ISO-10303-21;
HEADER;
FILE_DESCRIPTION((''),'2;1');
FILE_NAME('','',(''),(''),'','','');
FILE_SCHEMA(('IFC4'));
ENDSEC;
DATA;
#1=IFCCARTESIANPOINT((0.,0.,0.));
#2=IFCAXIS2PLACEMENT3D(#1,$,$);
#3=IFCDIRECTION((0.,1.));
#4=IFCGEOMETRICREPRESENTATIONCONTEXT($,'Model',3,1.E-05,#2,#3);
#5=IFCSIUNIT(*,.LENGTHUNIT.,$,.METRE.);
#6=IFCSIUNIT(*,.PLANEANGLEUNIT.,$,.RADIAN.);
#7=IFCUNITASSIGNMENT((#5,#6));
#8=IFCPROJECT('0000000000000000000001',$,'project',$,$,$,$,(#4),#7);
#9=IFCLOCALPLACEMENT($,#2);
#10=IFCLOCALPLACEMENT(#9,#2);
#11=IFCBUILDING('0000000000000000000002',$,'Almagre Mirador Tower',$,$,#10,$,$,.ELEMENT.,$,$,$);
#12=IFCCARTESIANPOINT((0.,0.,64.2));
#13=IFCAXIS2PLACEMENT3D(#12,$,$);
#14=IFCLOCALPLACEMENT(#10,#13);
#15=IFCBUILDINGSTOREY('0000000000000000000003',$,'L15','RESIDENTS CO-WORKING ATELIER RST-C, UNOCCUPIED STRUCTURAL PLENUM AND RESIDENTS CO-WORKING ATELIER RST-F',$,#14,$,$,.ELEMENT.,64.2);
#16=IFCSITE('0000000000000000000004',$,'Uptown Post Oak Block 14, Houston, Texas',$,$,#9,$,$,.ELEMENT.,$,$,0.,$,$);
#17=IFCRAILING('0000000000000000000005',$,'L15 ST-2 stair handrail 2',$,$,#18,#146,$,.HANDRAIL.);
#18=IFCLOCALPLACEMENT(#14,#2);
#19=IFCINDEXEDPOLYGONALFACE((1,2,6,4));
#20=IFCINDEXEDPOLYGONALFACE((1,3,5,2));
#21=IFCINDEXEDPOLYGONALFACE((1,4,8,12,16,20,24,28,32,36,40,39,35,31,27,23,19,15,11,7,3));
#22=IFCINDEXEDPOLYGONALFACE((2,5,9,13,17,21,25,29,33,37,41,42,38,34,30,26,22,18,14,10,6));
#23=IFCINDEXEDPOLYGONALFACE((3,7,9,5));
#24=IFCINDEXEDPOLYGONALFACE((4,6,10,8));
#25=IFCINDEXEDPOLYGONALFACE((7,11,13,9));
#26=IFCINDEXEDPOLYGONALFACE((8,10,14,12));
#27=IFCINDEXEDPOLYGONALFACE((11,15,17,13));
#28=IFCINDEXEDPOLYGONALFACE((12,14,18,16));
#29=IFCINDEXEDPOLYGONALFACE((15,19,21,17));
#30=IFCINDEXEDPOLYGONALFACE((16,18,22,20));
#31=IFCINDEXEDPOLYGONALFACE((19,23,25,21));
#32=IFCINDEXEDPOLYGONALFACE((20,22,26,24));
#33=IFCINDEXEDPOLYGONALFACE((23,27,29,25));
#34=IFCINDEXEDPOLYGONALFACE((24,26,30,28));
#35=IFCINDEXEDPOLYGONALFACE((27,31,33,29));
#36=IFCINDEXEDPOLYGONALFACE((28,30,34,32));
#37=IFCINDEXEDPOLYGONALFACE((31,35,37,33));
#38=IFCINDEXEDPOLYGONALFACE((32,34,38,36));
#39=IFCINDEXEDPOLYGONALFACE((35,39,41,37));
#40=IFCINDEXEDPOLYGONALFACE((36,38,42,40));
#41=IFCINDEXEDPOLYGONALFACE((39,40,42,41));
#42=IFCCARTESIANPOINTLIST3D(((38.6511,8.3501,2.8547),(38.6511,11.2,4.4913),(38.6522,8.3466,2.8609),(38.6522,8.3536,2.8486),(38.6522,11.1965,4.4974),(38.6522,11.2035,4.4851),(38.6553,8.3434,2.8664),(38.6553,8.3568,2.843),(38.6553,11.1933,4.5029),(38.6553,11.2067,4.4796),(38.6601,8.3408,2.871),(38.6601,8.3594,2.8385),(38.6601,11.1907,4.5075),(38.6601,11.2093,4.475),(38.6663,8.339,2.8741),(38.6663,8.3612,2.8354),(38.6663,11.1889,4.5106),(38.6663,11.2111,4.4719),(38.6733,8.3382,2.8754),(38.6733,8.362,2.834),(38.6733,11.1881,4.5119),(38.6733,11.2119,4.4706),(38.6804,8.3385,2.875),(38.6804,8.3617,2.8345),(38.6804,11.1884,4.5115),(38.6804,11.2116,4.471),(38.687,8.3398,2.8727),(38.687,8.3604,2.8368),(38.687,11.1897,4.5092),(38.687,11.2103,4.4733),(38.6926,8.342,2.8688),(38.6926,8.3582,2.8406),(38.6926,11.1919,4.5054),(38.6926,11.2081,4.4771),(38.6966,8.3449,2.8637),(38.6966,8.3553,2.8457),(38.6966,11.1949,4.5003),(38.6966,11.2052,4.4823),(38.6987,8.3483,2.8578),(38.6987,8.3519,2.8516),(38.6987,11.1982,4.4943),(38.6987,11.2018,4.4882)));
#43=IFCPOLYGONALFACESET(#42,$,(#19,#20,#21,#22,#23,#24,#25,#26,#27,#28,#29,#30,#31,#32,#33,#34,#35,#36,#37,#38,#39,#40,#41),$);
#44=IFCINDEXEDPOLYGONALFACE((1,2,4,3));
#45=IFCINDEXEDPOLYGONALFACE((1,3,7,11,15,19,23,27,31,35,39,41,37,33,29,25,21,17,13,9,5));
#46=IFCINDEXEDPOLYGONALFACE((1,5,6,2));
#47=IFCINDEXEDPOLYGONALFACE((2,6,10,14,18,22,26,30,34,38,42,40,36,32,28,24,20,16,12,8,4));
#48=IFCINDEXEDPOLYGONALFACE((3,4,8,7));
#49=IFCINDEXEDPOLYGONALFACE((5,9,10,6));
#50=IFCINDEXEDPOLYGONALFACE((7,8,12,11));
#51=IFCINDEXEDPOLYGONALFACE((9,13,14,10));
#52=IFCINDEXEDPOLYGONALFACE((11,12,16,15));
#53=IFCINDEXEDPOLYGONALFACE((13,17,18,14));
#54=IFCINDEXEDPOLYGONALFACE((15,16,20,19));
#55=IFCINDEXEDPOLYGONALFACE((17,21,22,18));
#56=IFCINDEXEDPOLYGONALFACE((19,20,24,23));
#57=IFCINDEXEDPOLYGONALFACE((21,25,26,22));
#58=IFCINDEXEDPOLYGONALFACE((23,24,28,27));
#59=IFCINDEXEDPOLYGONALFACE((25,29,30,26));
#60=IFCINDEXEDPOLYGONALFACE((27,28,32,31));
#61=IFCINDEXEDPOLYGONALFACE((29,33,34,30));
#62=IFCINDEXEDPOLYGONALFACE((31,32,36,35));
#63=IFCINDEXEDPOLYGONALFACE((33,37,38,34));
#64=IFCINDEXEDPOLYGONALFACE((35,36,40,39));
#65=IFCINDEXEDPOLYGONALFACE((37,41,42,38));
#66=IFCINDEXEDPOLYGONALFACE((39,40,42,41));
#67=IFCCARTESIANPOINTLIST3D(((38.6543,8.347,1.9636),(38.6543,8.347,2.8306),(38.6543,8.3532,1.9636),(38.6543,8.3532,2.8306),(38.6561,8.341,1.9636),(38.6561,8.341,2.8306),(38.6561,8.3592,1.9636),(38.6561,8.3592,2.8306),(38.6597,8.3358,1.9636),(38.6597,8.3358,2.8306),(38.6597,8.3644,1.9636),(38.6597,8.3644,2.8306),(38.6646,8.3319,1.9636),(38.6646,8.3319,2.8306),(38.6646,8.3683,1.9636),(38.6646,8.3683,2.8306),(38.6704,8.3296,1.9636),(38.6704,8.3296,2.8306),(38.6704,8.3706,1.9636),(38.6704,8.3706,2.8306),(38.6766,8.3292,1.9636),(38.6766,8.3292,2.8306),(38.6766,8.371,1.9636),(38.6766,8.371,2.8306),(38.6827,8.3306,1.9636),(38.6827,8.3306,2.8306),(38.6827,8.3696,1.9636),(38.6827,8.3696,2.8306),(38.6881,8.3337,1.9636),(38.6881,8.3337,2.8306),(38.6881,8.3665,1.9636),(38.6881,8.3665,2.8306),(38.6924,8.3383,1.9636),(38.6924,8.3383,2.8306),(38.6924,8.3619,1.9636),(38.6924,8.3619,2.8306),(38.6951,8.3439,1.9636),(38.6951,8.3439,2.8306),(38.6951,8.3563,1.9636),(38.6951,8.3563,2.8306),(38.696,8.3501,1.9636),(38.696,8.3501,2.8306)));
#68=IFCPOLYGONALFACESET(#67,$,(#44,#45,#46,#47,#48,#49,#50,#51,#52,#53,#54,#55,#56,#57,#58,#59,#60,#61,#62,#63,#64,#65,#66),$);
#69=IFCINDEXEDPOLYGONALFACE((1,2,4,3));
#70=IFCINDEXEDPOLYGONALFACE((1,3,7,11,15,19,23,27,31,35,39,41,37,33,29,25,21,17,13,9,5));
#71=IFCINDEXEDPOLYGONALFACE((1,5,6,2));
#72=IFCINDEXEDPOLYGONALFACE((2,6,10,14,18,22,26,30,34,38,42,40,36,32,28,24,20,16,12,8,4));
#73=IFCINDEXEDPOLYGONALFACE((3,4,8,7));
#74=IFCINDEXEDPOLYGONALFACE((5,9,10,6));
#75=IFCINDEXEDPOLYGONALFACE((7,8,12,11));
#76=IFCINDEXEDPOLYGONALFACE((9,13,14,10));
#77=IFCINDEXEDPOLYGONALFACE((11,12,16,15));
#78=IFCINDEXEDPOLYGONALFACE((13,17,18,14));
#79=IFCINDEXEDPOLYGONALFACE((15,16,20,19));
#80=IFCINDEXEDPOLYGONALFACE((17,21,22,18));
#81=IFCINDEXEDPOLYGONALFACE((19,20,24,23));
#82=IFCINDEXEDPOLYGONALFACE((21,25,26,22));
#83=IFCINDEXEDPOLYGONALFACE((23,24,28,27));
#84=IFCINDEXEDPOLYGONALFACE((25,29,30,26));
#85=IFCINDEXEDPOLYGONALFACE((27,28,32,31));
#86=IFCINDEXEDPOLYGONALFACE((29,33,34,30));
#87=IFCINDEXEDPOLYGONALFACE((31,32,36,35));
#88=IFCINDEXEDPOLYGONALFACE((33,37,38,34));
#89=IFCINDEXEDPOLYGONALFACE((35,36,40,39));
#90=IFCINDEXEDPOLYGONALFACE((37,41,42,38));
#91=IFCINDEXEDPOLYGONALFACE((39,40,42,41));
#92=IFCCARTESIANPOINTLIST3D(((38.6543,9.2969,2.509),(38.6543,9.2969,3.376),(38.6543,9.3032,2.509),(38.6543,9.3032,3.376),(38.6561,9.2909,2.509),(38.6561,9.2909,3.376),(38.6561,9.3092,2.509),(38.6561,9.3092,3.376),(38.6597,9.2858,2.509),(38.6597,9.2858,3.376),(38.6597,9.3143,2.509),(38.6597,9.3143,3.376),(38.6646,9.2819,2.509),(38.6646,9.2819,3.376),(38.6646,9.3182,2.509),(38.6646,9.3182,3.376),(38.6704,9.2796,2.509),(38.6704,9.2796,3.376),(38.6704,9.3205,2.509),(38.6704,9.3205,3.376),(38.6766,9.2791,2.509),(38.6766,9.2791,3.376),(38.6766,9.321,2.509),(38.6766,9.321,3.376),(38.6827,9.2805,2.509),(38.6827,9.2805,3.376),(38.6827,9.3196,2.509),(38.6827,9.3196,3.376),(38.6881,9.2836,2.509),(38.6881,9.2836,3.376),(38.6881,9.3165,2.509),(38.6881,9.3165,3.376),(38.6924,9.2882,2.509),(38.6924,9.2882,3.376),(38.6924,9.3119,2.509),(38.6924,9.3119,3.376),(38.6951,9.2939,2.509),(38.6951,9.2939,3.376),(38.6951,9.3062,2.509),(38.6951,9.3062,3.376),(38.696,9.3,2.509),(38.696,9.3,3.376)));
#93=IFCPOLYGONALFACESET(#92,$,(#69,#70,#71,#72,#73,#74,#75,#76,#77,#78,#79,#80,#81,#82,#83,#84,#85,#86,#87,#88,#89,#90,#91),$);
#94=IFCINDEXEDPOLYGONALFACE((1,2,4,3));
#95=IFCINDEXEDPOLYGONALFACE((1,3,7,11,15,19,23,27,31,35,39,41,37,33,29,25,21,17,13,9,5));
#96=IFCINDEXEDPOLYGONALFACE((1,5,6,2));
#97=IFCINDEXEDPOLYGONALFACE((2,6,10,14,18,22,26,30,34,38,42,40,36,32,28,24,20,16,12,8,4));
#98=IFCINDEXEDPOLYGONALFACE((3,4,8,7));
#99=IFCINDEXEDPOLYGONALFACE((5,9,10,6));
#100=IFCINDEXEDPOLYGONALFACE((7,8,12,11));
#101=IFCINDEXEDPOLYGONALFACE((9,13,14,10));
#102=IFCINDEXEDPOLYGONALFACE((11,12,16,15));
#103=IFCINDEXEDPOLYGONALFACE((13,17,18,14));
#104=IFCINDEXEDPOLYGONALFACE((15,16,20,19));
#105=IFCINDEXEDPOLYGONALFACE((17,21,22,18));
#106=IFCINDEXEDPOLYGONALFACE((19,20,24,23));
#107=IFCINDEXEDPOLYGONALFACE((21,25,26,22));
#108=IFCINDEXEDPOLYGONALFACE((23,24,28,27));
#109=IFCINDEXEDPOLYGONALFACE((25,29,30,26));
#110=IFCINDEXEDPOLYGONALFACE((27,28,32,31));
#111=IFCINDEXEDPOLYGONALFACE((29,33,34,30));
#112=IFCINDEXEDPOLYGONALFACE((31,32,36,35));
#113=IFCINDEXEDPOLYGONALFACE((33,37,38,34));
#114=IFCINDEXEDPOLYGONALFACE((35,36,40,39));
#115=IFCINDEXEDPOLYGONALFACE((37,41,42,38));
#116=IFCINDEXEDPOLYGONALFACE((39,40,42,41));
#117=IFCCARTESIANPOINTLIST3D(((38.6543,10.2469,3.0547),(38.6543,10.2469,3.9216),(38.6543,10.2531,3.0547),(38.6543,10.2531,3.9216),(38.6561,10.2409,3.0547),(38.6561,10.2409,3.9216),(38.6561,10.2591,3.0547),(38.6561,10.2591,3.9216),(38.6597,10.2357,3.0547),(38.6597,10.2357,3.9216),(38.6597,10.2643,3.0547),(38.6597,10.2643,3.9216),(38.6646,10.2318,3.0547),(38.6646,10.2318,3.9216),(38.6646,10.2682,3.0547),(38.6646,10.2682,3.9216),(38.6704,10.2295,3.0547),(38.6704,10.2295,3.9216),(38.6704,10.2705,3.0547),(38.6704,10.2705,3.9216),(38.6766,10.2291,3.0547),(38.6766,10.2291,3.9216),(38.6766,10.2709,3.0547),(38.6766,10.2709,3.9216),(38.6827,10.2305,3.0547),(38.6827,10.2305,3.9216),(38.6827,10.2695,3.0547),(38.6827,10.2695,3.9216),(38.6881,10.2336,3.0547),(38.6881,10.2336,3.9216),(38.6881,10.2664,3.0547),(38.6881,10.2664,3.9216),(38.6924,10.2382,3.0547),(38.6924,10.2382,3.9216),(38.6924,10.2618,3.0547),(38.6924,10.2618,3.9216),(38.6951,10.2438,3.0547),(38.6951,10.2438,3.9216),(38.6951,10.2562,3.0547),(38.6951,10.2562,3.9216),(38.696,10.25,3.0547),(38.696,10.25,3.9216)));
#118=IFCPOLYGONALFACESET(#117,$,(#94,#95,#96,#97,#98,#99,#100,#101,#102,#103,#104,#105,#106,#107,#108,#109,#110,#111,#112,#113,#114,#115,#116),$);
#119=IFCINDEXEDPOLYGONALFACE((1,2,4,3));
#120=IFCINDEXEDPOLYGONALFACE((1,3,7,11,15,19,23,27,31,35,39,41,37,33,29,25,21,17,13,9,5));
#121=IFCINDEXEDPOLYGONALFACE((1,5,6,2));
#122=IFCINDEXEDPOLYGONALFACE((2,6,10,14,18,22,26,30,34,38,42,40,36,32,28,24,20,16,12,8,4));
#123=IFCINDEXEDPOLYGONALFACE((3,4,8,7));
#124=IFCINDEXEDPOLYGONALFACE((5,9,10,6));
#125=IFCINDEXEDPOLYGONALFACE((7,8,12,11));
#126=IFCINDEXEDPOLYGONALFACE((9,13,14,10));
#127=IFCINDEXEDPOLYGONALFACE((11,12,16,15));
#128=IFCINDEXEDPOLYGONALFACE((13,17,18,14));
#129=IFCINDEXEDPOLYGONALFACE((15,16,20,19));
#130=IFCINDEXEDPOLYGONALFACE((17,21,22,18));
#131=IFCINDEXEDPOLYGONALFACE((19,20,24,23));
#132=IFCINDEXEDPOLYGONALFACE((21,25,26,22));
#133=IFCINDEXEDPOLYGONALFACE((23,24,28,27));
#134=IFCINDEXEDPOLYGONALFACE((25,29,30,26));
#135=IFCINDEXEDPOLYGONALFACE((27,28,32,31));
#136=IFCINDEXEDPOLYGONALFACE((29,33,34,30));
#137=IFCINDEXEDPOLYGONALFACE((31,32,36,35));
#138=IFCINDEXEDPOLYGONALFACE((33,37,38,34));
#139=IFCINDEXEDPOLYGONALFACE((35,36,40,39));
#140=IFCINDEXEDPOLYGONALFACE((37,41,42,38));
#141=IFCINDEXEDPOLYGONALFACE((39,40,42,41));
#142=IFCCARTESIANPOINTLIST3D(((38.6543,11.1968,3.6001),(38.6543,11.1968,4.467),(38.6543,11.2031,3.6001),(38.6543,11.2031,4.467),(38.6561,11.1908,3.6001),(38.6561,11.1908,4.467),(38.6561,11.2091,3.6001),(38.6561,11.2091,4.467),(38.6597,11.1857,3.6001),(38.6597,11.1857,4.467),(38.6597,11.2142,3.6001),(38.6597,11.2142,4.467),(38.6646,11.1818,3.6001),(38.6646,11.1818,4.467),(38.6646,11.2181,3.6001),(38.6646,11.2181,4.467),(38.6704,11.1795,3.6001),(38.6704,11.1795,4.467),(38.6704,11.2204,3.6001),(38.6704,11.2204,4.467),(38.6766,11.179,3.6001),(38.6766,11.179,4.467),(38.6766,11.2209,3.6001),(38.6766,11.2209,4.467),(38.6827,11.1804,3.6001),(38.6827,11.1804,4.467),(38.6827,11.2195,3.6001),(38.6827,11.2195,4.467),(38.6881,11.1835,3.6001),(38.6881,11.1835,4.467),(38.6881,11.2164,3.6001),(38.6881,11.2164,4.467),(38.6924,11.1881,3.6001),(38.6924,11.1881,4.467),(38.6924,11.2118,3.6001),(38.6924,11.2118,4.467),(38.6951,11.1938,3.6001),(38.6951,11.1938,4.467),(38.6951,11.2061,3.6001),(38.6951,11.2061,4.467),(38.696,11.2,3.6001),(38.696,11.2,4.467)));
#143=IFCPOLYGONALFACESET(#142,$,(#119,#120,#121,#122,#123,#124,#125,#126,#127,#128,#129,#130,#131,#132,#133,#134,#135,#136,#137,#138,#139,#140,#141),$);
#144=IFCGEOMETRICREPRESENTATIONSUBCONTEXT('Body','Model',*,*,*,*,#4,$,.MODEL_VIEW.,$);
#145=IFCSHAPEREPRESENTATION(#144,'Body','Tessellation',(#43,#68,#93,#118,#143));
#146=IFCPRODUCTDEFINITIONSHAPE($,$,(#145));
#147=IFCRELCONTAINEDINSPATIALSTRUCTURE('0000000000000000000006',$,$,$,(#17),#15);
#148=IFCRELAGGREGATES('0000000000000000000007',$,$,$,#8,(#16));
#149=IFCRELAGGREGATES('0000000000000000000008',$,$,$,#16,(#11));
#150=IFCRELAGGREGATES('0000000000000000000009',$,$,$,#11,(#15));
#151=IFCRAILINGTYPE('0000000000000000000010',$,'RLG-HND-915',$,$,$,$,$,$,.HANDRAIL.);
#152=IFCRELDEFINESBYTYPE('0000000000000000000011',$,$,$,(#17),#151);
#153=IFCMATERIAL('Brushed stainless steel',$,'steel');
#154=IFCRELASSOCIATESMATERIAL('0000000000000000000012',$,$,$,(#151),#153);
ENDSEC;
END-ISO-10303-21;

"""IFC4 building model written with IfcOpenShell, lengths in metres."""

from ifc_helpers import new_model, si_unit, direction, frame, origin, origin_2d, place, context, subcontext, project, spatial, circle, extrude, material, type_object, element, save


model = new_model("IFC4")

# Units and contexts
model_context = context("Model", 3, precision=1e-05, world=origin(), true_north=direction((0.0, 1.0)))
body_context = subcontext(model_context, "Body", "Model", "MODEL_VIEW")
ifc_project = project(units=[si_unit("LENGTHUNIT", "METRE"), si_unit("PLANEANGLEUNIT", "RADIAN")], contexts=[model_context])

# Site, building, storey
site_placement = place(None, origin())
site = spatial("IfcSite", under=ifc_project, at=site_placement, Name="Uptown Post Oak Block 14, Houston, Texas", CompositionType="ELEMENT", RefElevation=0.0)
building_placement = place(site_placement, origin())
building = spatial("IfcBuilding", under=site, at=building_placement, Name="Almagre Mirador Tower", CompositionType="ELEMENT")
storey_placement = place(building_placement, frame((0.0, 0.0, 64.2)))
storey = spatial("IfcBuildingStorey", under=building, at=storey_placement, Name="L15", Description="RESIDENTS CO-WORKING ATELIER RST-C, UNOCCUPIED STRUCTURAL PLENUM AND RESIDENTS CO-WORKING ATELIER RST-F", CompositionType="ELEMENT", Elevation=64.2)

# Railing
ifc_material_1 = material(Name="Brushed stainless steel", Category="steel")
railing_type_1 = type_object("IfcRailingType", Name="RLG-HND-915", PredefinedType="HANDRAIL", material=ifc_material_1)
railing_1_placement = place(storey_placement, frame((38.675, 8.3501, 1.9636)))
element("IfcRailing", 1, at=railing_1_placement, inside=storey, type_object=railing_type_1, Name="L15 ST-2 stair handrail 2", PredefinedType="HANDRAIL", context=body_context, shape_type="SweptSolid", body=[
    extrude(circle(Radius=0.0239, at=origin_2d()), frame((0.0, 0.0, 0.8911), z_axis=(0.0, 0.867194, 0.49797), x_axis=(-1.0, 0.0, 0.0)), (0.0, 0.0, 1.0), 3.2864),
    extrude(circle(Radius=0.021, at=origin_2d()), origin(), (0.0, 0.0, 1.0), 0.8669),
    extrude(circle(Radius=0.021, at=origin_2d()), frame((0.0, 0.95, 0.5454)), (0.0, 0.0, 1.0), 0.8669),
    extrude(circle(Radius=0.021, at=origin_2d()), frame((0.0, 1.8999, 1.0911)), (0.0, 0.0, 1.0), 0.8669),
    extrude(circle(Radius=0.021, at=origin_2d()), frame((0.0, 2.8499, 1.6365)), (0.0, 0.0, 1.0), 0.8669),
])

save(model, "model.ifc")
